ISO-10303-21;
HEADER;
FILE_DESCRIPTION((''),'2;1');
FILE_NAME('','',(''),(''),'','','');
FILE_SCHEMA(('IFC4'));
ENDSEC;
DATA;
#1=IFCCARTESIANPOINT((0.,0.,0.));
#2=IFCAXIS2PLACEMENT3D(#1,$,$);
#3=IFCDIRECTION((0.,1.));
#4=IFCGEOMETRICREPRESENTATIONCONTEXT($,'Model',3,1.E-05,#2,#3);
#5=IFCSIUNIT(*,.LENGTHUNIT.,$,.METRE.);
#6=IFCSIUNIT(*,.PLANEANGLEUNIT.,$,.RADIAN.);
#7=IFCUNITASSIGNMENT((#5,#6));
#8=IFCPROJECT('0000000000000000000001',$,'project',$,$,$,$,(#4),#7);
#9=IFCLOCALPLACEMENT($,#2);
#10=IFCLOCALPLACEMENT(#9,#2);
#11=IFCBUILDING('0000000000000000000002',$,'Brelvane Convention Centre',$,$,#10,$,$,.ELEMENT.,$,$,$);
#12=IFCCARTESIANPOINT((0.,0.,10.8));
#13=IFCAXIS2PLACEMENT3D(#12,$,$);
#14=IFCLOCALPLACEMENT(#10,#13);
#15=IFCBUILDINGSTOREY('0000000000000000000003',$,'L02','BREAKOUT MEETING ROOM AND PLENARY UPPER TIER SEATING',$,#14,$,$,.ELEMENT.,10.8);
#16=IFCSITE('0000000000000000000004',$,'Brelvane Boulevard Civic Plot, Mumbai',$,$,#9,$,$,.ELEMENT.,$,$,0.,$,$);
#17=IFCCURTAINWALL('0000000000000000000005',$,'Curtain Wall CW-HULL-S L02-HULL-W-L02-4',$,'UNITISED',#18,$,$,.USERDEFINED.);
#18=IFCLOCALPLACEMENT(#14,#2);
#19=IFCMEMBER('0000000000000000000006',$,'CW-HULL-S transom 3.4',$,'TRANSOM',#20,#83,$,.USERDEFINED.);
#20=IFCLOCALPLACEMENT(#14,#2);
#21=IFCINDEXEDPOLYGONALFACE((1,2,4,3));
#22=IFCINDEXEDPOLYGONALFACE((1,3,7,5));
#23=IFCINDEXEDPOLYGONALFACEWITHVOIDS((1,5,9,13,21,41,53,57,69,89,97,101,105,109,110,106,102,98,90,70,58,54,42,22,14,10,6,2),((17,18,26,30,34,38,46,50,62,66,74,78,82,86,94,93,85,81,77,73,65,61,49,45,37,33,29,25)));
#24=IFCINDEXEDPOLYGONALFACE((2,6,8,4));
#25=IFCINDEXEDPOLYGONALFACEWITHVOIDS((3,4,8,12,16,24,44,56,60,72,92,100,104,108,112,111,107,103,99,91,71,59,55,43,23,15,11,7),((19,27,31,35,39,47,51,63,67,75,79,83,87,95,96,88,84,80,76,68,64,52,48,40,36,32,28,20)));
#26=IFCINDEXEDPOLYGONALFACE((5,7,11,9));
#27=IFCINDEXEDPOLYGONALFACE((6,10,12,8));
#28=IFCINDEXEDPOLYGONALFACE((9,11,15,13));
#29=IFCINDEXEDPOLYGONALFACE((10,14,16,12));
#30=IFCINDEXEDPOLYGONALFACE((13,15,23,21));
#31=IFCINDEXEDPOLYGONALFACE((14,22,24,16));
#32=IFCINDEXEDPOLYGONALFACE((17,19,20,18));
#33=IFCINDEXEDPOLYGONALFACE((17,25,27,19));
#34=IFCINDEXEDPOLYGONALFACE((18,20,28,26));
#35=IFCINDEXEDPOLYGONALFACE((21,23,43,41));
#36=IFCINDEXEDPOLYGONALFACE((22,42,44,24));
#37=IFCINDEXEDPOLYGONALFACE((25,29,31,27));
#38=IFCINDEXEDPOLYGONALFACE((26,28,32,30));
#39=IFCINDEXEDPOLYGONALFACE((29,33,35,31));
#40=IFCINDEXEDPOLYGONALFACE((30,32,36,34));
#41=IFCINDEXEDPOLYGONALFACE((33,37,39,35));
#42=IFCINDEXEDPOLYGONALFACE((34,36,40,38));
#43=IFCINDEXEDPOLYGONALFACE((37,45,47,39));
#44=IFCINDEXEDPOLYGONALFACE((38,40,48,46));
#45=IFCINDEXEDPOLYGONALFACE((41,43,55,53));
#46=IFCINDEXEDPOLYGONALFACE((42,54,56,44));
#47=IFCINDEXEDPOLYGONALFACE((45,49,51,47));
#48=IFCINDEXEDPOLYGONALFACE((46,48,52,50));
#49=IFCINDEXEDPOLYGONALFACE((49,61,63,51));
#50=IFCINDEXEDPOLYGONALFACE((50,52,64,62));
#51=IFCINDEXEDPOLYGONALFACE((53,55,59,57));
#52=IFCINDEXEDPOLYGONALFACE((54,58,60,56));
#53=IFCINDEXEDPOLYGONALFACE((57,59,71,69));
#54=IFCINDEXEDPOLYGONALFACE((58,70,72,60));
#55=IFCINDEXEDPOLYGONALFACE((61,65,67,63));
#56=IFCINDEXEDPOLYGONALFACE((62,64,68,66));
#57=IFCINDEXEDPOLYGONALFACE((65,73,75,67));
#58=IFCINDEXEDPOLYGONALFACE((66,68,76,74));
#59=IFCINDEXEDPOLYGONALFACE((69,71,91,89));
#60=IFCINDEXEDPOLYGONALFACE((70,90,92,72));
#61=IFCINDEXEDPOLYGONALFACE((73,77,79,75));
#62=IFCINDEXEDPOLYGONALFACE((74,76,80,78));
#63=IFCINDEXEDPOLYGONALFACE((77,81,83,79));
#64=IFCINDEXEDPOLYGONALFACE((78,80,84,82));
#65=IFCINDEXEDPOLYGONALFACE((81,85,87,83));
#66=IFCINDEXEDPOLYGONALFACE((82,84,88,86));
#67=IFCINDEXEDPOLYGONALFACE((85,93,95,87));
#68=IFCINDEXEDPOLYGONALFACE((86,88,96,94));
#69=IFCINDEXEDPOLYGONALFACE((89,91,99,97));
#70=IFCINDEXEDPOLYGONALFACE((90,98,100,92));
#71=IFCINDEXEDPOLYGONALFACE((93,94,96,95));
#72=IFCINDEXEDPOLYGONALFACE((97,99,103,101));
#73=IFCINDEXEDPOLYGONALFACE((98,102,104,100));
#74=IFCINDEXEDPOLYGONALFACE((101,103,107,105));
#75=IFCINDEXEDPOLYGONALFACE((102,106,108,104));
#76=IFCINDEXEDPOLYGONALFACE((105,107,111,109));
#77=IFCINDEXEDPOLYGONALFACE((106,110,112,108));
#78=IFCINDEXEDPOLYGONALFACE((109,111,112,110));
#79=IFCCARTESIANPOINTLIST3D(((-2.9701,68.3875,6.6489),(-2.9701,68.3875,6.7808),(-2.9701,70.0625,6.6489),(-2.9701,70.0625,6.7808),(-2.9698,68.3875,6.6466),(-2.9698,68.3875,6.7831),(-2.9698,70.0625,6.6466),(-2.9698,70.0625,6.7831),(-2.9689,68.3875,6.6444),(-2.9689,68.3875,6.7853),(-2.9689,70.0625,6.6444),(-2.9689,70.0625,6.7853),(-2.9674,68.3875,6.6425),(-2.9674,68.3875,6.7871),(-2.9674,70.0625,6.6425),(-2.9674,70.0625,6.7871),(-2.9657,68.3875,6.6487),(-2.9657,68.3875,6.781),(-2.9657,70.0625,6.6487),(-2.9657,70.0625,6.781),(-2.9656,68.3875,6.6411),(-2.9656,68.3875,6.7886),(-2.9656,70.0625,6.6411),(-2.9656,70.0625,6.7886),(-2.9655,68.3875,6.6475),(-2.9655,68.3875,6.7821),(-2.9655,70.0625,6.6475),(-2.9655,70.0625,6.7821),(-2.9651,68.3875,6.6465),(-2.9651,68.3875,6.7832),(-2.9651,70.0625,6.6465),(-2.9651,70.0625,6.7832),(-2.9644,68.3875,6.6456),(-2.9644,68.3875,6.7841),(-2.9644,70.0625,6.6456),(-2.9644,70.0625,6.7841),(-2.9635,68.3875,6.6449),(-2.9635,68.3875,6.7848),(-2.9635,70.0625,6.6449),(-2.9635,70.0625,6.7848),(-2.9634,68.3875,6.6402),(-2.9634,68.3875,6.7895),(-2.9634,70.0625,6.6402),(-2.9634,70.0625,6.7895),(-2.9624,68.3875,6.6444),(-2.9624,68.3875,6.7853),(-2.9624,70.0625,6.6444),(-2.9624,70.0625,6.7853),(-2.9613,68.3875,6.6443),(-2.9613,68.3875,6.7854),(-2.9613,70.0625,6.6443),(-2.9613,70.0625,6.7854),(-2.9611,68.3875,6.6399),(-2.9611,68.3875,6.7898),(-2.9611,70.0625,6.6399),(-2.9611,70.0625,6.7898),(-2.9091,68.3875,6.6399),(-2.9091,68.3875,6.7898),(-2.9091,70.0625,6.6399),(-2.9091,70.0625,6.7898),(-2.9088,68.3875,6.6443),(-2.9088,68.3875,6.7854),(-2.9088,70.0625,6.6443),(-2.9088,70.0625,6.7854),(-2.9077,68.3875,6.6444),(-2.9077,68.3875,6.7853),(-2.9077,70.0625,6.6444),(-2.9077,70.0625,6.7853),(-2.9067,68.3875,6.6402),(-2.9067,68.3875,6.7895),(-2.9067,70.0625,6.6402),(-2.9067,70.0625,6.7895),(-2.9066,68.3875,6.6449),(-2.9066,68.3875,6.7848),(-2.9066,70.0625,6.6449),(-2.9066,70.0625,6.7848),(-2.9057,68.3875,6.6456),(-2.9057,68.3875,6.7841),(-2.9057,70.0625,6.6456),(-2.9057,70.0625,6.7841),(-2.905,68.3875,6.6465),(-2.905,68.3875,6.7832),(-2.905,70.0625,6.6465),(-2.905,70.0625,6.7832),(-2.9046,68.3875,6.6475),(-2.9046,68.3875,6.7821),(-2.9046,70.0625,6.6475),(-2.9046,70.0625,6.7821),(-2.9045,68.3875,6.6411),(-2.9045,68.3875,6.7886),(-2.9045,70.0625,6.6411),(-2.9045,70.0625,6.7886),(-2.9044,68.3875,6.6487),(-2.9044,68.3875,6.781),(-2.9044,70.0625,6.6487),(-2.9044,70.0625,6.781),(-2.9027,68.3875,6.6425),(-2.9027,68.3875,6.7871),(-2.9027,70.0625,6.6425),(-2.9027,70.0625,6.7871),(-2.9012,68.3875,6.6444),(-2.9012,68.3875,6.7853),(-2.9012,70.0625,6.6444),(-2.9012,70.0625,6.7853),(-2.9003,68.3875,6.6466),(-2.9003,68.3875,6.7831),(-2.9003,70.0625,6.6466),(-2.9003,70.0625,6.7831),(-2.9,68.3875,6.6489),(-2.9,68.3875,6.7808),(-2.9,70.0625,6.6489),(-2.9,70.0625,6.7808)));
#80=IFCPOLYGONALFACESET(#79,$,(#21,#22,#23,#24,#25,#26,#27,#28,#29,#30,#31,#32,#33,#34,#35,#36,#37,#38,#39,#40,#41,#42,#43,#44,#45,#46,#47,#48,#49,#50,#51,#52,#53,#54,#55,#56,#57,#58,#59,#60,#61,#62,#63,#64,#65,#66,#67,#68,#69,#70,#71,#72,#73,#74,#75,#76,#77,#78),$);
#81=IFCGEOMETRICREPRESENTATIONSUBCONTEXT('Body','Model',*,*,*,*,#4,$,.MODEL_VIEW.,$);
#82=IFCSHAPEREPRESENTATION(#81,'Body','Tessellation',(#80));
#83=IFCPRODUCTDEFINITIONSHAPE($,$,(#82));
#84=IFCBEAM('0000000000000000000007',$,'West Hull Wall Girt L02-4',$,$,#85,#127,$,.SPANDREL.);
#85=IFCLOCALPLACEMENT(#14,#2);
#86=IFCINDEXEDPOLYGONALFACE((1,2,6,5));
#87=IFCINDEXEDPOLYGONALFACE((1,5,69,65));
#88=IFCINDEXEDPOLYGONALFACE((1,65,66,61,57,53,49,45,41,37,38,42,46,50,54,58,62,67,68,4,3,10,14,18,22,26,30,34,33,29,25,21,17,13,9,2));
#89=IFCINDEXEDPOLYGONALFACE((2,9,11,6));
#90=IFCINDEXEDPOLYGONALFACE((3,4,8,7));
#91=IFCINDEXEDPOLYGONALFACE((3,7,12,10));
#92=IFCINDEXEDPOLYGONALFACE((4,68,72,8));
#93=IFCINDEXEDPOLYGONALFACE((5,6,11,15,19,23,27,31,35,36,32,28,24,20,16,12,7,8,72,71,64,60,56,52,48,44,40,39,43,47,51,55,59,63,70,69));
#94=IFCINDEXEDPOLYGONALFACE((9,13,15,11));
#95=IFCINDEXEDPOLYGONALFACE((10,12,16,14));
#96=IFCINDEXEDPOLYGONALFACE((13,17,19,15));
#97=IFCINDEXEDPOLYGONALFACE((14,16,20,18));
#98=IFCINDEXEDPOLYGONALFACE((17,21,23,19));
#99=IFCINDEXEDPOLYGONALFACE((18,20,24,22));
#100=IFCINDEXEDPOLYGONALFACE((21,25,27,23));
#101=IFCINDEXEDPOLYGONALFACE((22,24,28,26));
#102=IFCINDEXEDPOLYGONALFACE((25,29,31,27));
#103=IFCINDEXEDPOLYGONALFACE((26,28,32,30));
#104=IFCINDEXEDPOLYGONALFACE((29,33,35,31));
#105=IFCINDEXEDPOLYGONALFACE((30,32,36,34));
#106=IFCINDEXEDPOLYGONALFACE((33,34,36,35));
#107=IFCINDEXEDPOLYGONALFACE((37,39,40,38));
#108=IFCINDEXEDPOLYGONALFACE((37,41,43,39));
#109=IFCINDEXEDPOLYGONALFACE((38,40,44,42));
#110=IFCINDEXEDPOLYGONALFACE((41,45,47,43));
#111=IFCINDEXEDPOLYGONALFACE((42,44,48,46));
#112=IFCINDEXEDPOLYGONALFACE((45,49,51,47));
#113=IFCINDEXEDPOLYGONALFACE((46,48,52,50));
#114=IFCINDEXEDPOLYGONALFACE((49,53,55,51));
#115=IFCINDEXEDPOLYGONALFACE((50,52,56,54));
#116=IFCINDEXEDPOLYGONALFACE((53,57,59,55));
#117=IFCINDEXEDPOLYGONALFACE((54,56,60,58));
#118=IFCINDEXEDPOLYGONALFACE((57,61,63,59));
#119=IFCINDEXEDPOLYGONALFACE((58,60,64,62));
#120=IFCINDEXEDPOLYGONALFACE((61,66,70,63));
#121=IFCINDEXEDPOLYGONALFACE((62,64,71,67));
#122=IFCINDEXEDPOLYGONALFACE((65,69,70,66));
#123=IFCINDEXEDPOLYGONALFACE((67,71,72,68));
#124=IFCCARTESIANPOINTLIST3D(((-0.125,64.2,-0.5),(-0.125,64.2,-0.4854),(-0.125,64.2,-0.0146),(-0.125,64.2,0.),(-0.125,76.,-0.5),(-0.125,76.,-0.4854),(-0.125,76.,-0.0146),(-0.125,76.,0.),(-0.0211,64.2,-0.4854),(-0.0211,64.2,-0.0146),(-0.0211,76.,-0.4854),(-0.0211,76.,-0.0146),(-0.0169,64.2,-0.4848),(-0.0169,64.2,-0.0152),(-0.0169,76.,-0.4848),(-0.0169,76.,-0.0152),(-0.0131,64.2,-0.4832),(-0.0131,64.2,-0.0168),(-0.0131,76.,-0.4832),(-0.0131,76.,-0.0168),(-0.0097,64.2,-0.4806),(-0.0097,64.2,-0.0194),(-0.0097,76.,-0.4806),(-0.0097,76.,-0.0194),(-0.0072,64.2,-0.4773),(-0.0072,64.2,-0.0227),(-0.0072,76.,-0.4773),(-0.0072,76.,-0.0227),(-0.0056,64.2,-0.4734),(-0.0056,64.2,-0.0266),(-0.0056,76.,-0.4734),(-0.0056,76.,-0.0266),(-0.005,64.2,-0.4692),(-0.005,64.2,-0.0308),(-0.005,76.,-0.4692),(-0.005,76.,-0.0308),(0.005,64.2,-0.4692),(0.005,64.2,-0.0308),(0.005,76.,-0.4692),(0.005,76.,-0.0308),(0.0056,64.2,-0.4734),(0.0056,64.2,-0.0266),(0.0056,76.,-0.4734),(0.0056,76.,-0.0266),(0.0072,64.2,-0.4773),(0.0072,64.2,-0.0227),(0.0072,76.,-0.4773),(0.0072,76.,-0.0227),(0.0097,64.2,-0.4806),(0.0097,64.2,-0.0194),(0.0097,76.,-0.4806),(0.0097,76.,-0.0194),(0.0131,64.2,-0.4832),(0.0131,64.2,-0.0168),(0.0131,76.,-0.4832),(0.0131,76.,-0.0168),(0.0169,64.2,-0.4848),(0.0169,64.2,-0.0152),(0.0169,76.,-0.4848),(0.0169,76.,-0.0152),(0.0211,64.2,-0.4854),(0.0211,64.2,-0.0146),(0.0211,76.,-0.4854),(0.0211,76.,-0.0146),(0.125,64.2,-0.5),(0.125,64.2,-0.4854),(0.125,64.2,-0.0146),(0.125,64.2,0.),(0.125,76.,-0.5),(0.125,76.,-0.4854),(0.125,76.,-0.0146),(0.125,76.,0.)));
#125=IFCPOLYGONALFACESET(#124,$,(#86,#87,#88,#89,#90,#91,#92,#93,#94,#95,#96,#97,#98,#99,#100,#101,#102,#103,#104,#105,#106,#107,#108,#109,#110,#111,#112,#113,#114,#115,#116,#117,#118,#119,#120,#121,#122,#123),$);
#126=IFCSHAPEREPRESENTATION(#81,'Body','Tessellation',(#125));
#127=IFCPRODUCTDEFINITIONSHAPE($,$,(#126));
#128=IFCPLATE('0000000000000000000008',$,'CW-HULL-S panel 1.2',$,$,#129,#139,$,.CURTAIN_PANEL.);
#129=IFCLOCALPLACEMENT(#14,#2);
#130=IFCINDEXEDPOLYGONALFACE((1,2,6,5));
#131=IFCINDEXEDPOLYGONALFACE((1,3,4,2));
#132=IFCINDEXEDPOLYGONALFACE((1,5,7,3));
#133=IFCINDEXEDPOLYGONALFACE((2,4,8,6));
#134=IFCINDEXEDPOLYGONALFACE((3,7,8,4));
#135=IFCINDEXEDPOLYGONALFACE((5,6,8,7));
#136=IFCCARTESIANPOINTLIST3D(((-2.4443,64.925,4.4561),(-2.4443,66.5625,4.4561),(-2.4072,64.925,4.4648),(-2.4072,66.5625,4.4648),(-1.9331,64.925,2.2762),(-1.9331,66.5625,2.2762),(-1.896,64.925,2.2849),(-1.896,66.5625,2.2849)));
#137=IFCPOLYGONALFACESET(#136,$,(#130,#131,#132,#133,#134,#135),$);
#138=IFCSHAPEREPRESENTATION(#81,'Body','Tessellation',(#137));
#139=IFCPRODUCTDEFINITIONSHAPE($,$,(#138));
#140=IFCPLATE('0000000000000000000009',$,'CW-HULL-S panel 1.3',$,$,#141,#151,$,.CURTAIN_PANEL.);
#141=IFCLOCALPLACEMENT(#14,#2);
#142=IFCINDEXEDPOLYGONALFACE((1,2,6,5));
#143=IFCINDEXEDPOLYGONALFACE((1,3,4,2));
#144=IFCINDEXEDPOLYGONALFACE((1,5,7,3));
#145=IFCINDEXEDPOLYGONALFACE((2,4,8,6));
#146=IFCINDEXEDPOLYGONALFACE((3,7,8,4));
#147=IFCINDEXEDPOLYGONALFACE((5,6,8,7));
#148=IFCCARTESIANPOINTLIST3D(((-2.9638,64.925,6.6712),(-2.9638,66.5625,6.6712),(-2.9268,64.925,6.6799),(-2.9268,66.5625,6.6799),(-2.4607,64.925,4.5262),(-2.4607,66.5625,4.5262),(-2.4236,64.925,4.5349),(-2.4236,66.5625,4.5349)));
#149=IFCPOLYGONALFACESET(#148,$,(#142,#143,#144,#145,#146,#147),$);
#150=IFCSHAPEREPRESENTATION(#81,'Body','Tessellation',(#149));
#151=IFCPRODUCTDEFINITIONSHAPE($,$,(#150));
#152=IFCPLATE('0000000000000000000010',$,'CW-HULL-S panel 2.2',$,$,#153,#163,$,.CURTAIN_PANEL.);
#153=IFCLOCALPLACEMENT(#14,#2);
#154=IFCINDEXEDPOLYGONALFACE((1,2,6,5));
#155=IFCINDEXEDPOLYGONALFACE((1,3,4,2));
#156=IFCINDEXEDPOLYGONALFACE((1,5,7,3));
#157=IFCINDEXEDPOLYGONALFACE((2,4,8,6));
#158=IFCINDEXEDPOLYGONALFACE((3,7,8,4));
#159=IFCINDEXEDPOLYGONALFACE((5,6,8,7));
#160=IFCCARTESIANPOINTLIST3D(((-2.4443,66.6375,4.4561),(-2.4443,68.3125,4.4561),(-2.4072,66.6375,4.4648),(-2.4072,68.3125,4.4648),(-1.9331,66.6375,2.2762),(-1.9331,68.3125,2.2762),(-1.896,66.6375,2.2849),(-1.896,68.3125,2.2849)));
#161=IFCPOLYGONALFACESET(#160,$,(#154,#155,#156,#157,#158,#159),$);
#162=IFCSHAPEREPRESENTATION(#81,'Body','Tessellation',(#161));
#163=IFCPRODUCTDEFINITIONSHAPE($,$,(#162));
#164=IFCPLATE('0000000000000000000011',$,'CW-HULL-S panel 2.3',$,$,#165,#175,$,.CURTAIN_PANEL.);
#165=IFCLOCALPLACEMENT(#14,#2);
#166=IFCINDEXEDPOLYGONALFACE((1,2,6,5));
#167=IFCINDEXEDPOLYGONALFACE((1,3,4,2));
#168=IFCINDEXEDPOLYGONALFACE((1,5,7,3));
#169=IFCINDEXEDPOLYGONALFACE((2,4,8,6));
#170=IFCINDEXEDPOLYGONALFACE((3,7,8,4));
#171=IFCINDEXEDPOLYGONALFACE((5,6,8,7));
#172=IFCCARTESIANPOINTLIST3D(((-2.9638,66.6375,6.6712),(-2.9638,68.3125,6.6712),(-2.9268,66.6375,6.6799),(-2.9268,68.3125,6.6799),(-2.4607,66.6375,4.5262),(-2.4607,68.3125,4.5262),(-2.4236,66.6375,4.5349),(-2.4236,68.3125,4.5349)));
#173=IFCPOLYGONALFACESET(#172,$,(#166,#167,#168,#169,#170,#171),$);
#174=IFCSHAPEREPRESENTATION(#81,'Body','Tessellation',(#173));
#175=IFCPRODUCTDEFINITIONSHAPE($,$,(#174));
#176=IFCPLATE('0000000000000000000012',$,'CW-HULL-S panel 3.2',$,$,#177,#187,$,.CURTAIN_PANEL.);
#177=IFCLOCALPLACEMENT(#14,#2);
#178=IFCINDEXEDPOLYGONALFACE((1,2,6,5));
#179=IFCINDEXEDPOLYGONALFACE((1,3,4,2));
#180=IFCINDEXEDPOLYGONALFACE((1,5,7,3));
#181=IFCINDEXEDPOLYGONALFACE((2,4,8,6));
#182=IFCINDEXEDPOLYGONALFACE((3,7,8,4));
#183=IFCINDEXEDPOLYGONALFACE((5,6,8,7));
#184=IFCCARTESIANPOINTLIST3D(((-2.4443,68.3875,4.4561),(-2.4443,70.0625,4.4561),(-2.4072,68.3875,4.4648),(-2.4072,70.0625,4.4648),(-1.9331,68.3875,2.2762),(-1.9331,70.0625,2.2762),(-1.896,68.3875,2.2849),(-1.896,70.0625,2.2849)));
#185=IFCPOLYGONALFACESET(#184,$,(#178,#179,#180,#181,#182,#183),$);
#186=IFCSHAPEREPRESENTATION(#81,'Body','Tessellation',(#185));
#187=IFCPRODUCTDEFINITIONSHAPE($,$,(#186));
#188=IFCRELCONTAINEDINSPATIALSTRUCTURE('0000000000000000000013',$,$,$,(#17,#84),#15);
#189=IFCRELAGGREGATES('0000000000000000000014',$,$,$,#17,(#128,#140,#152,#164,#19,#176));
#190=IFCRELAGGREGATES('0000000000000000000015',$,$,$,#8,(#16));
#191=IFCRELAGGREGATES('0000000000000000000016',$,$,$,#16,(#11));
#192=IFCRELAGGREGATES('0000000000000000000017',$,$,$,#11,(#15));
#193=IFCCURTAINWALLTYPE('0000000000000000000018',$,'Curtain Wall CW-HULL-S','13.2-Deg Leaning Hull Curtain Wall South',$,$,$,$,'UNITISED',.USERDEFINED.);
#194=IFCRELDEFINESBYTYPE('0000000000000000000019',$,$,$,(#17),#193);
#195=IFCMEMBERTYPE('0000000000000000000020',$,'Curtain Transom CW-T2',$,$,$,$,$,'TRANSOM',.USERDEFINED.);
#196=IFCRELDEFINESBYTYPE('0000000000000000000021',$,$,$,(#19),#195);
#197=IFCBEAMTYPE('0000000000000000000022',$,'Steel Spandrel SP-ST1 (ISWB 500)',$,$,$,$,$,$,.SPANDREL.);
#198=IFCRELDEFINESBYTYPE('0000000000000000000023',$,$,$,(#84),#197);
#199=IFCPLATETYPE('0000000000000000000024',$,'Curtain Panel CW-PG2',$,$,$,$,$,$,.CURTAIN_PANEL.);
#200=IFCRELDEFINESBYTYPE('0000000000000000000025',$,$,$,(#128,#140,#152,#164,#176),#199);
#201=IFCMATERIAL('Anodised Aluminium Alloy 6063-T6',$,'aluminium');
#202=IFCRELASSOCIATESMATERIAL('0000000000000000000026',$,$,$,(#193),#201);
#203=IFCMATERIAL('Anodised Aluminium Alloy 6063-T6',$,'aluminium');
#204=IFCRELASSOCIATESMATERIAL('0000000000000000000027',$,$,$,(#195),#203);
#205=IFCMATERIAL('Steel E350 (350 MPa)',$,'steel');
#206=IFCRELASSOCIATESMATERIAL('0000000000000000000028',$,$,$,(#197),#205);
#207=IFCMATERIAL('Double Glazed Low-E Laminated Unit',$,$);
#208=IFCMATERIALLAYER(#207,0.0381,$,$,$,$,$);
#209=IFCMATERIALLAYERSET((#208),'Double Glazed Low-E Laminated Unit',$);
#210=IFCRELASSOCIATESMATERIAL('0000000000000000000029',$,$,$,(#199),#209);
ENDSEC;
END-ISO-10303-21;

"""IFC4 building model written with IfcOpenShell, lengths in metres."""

from ifc_helpers import new_model, si_unit, direction, frame, origin, origin_2d, place, context, subcontext, project, spatial, polyline, hollow_rectangle, i_section, outline, extrude, material, layer, layer_set, material_profile, profile_set, type_object, element, aggregate, save


model = new_model("IFC4")

# Units and contexts
model_context = context("Model", 3, precision=1e-05, world=origin(), true_north=direction((0.0, 1.0)))
body_context = subcontext(model_context, "Body", "Model", "MODEL_VIEW")
ifc_project = project(units=[si_unit("LENGTHUNIT", "METRE"), si_unit("PLANEANGLEUNIT", "RADIAN")], contexts=[model_context])

# Site, building, storey
site_placement = place(None, origin())
site = spatial("IfcSite", under=ifc_project, at=site_placement, Name="Brelvane Boulevard Civic Plot, Mumbai", CompositionType="ELEMENT", RefElevation=0.0)
building_placement = place(site_placement, origin())
building = spatial("IfcBuilding", under=site, at=building_placement, Name="Brelvane Convention Centre", CompositionType="ELEMENT")
storey_placement = place(building_placement, frame((0.0, 0.0, 10.8)))
storey = spatial("IfcBuildingStorey", under=building, at=storey_placement, Name="L02", Description="BREAKOUT MEETING ROOM AND PLENARY UPPER TIER SEATING", CompositionType="ELEMENT", Elevation=10.8)

# Shared definitions
ifc_material_1 = material(Name="Anodised Aluminium Alloy 6063-T6", Category="aluminium")
curtain_wall_type = type_object("IfcCurtainWallType", Name="Curtain Wall CW-HULL-S", Description="13.2-Deg Leaning Hull Curtain Wall South", ElementType="UNITISED", PredefinedType="USERDEFINED", material=ifc_material_1)

# Curtain wall
curtain_wall_1_placement = place(storey_placement, origin())
curtain_wall_1 = element("IfcCurtainWall", 1, at=curtain_wall_1_placement, inside=storey, type_object=curtain_wall_type, Name="Curtain Wall CW-HULL-S L02-HULL-W-L02-4", ObjectType="UNITISED", PredefinedType="USERDEFINED")

# Member
ifc_material_2 = material(Name="Anodised Aluminium Alloy 6063-T6", Category="aluminium")
ifc_material_profile_1 = material_profile(ifc_material_2, hollow_rectangle(XDim=0.0701, YDim=0.1499, WallThickness=0.0044, InnerFilletRadius=0.0044, OuterFilletRadius=0.009, at=origin_2d()), Name="ALU-T 150x70x4.5")
ifc_profile_set_1 = profile_set([ifc_material_profile_1], Name="Anodised Aluminium Alloy 6063-T6")
member_type_1 = type_object("IfcMemberType", Name="Curtain Transom CW-T2", ElementType="TRANSOM", PredefinedType="USERDEFINED", material=ifc_profile_set_1)
member_1_placement = place(storey_placement, frame((-2.9351, 68.3875, 6.7148), z_axis=(0.0, 1.0, 0.0), x_axis=(-1.0, 0.0, 0.0)))
member_1 = element("IfcMember", 2, at=member_1_placement, type_object=member_type_1, Name="CW-HULL-S transom 3.4", ObjectType="TRANSOM", PredefinedType="USERDEFINED", context=body_context, shape_type="SweptSolid", body=[
    extrude(hollow_rectangle(XDim=0.0701, YDim=0.1499, WallThickness=0.0044, InnerFilletRadius=0.0044, OuterFilletRadius=0.009, at=origin_2d()), origin(), (0.0, 0.0, 1.0), 1.675),
])

# Beam
ifc_material_3 = material(Name="Steel E350 (350 MPa)", Category="steel")
ifc_material_profile_2 = material_profile(ifc_material_3, i_section(OverallWidth=0.25, OverallDepth=0.5, WebThickness=0.01, FlangeThickness=0.0146, FilletRadius=0.0161, at=origin_2d()), Name="ISWB 500")
ifc_profile_set_2 = profile_set([ifc_material_profile_2], Name="Steel E350 (350 MPa)")
beam_type = type_object("IfcBeamType", Name="Steel Spandrel SP-ST1 (ISWB 500)", PredefinedType="SPANDREL", material=ifc_profile_set_2)
beam_placement = place(storey_placement, frame((0.0, 64.2, -0.25), z_axis=(0.0, 1.0, 0.0), x_axis=(-1.0, 0.0, 0.0)))
element("IfcBeam", 3, at=beam_placement, inside=storey, type_object=beam_type, Name="West Hull Wall Girt L02-4", PredefinedType="SPANDREL", context=body_context, shape_type="SweptSolid", body=[
    extrude(i_section(OverallWidth=0.25, OverallDepth=0.5, WebThickness=0.01, FlangeThickness=0.0146, FilletRadius=0.0161, at=origin_2d()), origin(), (0.0, 0.0, 1.0), 11.8),
])

# Plates
ifc_material_4 = material(Name="Double Glazed Low-E Laminated Unit")
ifc_layer_1 = layer(ifc_material_4, 0.0381)
ifc_layer_set_1 = layer_set([ifc_layer_1], Name="Double Glazed Low-E Laminated Unit")
plate_type_1 = type_object("IfcPlateType", Name="Curtain Panel CW-PG2", PredefinedType="CURTAIN_PANEL", material=ifc_layer_set_1)
plate_1_placement = place(storey_placement, frame((-1.896, 64.925, 2.2849), z_axis=(0.973586, 0.0, 0.228322), x_axis=(0.0, 1.0, 0.0)))
plate_1 = element("IfcPlate", 4, at=plate_1_placement, type_object=plate_type_1, Name="CW-HULL-S panel 1.2", PredefinedType="CURTAIN_PANEL", context=body_context, shape_type="SweptSolid", body=[
    extrude(outline(polyline([(0.0, 0.0), (1.6375, 0.0), (1.6375, 2.2391), (0.0, 2.2391), (0.0, 0.0)])), origin(), (0.0, 0.0, -1.0), 0.0381),
])
plate_2_placement = place(storey_placement, frame((-2.4236, 64.925, 4.5349), z_axis=(0.973572, 0.0, 0.228378), x_axis=(0.0, 1.0, 0.0)))
plate_2 = element("IfcPlate", 5, at=plate_2_placement, type_object=plate_type_1, Name="CW-HULL-S panel 1.3", PredefinedType="CURTAIN_PANEL", context=body_context, shape_type="SweptSolid", body=[
    extrude(outline(polyline([(0.0, 0.0), (1.6375, 0.0), (1.6375, 2.2032), (0.0, 2.2032), (0.0, 0.0)])), origin(), (0.0, 0.0, -1.0), 0.0381),
])
plate_3_placement = place(storey_placement, frame((-1.896, 66.6375, 2.2849), z_axis=(0.973586, 0.0, 0.228322), x_axis=(0.0, 1.0, 0.0)))
plate_3 = element("IfcPlate", 6, at=plate_3_placement, type_object=plate_type_1, Name="CW-HULL-S panel 2.2", PredefinedType="CURTAIN_PANEL", context=body_context, shape_type="SweptSolid", body=[
    extrude(outline(polyline([(0.0, 0.0), (1.675, 0.0), (1.675, 2.2391), (0.0, 2.2391), (0.0, 0.0)])), origin(), (0.0, 0.0, -1.0), 0.0381),
])
plate_4_placement = place(storey_placement, frame((-2.4236, 66.6375, 4.5349), z_axis=(0.973572, 0.0, 0.228378), x_axis=(0.0, 1.0, 0.0)))
plate_4 = element("IfcPlate", 7, at=plate_4_placement, type_object=plate_type_1, Name="CW-HULL-S panel 2.3", PredefinedType="CURTAIN_PANEL", context=body_context, shape_type="SweptSolid", body=[
    extrude(outline(polyline([(0.0, 0.0), (1.675, 0.0), (1.675, 2.2032), (0.0, 2.2032), (0.0, 0.0)])), origin(), (0.0, 0.0, -1.0), 0.0381),
])
plate_5_placement = place(storey_placement, frame((-1.896, 68.3875, 2.2849), z_axis=(0.973586, 0.0, 0.228322), x_axis=(0.0, 1.0, 0.0)))
plate_5 = element("IfcPlate", 8, at=plate_5_placement, type_object=plate_type_1, Name="CW-HULL-S panel 3.2", PredefinedType="CURTAIN_PANEL", context=body_context, shape_type="SweptSolid", body=[
    extrude(outline(polyline([(0.0, 0.0), (1.675, 0.0), (1.675, 2.2391), (0.0, 2.2391), (0.0, 0.0)])), origin(), (0.0, 0.0, -1.0), 0.0381),
])
aggregate(curtain_wall_1, [plate_1, plate_2, plate_3, plate_4, member_1, plate_5])

save(model, "model.ifc")
